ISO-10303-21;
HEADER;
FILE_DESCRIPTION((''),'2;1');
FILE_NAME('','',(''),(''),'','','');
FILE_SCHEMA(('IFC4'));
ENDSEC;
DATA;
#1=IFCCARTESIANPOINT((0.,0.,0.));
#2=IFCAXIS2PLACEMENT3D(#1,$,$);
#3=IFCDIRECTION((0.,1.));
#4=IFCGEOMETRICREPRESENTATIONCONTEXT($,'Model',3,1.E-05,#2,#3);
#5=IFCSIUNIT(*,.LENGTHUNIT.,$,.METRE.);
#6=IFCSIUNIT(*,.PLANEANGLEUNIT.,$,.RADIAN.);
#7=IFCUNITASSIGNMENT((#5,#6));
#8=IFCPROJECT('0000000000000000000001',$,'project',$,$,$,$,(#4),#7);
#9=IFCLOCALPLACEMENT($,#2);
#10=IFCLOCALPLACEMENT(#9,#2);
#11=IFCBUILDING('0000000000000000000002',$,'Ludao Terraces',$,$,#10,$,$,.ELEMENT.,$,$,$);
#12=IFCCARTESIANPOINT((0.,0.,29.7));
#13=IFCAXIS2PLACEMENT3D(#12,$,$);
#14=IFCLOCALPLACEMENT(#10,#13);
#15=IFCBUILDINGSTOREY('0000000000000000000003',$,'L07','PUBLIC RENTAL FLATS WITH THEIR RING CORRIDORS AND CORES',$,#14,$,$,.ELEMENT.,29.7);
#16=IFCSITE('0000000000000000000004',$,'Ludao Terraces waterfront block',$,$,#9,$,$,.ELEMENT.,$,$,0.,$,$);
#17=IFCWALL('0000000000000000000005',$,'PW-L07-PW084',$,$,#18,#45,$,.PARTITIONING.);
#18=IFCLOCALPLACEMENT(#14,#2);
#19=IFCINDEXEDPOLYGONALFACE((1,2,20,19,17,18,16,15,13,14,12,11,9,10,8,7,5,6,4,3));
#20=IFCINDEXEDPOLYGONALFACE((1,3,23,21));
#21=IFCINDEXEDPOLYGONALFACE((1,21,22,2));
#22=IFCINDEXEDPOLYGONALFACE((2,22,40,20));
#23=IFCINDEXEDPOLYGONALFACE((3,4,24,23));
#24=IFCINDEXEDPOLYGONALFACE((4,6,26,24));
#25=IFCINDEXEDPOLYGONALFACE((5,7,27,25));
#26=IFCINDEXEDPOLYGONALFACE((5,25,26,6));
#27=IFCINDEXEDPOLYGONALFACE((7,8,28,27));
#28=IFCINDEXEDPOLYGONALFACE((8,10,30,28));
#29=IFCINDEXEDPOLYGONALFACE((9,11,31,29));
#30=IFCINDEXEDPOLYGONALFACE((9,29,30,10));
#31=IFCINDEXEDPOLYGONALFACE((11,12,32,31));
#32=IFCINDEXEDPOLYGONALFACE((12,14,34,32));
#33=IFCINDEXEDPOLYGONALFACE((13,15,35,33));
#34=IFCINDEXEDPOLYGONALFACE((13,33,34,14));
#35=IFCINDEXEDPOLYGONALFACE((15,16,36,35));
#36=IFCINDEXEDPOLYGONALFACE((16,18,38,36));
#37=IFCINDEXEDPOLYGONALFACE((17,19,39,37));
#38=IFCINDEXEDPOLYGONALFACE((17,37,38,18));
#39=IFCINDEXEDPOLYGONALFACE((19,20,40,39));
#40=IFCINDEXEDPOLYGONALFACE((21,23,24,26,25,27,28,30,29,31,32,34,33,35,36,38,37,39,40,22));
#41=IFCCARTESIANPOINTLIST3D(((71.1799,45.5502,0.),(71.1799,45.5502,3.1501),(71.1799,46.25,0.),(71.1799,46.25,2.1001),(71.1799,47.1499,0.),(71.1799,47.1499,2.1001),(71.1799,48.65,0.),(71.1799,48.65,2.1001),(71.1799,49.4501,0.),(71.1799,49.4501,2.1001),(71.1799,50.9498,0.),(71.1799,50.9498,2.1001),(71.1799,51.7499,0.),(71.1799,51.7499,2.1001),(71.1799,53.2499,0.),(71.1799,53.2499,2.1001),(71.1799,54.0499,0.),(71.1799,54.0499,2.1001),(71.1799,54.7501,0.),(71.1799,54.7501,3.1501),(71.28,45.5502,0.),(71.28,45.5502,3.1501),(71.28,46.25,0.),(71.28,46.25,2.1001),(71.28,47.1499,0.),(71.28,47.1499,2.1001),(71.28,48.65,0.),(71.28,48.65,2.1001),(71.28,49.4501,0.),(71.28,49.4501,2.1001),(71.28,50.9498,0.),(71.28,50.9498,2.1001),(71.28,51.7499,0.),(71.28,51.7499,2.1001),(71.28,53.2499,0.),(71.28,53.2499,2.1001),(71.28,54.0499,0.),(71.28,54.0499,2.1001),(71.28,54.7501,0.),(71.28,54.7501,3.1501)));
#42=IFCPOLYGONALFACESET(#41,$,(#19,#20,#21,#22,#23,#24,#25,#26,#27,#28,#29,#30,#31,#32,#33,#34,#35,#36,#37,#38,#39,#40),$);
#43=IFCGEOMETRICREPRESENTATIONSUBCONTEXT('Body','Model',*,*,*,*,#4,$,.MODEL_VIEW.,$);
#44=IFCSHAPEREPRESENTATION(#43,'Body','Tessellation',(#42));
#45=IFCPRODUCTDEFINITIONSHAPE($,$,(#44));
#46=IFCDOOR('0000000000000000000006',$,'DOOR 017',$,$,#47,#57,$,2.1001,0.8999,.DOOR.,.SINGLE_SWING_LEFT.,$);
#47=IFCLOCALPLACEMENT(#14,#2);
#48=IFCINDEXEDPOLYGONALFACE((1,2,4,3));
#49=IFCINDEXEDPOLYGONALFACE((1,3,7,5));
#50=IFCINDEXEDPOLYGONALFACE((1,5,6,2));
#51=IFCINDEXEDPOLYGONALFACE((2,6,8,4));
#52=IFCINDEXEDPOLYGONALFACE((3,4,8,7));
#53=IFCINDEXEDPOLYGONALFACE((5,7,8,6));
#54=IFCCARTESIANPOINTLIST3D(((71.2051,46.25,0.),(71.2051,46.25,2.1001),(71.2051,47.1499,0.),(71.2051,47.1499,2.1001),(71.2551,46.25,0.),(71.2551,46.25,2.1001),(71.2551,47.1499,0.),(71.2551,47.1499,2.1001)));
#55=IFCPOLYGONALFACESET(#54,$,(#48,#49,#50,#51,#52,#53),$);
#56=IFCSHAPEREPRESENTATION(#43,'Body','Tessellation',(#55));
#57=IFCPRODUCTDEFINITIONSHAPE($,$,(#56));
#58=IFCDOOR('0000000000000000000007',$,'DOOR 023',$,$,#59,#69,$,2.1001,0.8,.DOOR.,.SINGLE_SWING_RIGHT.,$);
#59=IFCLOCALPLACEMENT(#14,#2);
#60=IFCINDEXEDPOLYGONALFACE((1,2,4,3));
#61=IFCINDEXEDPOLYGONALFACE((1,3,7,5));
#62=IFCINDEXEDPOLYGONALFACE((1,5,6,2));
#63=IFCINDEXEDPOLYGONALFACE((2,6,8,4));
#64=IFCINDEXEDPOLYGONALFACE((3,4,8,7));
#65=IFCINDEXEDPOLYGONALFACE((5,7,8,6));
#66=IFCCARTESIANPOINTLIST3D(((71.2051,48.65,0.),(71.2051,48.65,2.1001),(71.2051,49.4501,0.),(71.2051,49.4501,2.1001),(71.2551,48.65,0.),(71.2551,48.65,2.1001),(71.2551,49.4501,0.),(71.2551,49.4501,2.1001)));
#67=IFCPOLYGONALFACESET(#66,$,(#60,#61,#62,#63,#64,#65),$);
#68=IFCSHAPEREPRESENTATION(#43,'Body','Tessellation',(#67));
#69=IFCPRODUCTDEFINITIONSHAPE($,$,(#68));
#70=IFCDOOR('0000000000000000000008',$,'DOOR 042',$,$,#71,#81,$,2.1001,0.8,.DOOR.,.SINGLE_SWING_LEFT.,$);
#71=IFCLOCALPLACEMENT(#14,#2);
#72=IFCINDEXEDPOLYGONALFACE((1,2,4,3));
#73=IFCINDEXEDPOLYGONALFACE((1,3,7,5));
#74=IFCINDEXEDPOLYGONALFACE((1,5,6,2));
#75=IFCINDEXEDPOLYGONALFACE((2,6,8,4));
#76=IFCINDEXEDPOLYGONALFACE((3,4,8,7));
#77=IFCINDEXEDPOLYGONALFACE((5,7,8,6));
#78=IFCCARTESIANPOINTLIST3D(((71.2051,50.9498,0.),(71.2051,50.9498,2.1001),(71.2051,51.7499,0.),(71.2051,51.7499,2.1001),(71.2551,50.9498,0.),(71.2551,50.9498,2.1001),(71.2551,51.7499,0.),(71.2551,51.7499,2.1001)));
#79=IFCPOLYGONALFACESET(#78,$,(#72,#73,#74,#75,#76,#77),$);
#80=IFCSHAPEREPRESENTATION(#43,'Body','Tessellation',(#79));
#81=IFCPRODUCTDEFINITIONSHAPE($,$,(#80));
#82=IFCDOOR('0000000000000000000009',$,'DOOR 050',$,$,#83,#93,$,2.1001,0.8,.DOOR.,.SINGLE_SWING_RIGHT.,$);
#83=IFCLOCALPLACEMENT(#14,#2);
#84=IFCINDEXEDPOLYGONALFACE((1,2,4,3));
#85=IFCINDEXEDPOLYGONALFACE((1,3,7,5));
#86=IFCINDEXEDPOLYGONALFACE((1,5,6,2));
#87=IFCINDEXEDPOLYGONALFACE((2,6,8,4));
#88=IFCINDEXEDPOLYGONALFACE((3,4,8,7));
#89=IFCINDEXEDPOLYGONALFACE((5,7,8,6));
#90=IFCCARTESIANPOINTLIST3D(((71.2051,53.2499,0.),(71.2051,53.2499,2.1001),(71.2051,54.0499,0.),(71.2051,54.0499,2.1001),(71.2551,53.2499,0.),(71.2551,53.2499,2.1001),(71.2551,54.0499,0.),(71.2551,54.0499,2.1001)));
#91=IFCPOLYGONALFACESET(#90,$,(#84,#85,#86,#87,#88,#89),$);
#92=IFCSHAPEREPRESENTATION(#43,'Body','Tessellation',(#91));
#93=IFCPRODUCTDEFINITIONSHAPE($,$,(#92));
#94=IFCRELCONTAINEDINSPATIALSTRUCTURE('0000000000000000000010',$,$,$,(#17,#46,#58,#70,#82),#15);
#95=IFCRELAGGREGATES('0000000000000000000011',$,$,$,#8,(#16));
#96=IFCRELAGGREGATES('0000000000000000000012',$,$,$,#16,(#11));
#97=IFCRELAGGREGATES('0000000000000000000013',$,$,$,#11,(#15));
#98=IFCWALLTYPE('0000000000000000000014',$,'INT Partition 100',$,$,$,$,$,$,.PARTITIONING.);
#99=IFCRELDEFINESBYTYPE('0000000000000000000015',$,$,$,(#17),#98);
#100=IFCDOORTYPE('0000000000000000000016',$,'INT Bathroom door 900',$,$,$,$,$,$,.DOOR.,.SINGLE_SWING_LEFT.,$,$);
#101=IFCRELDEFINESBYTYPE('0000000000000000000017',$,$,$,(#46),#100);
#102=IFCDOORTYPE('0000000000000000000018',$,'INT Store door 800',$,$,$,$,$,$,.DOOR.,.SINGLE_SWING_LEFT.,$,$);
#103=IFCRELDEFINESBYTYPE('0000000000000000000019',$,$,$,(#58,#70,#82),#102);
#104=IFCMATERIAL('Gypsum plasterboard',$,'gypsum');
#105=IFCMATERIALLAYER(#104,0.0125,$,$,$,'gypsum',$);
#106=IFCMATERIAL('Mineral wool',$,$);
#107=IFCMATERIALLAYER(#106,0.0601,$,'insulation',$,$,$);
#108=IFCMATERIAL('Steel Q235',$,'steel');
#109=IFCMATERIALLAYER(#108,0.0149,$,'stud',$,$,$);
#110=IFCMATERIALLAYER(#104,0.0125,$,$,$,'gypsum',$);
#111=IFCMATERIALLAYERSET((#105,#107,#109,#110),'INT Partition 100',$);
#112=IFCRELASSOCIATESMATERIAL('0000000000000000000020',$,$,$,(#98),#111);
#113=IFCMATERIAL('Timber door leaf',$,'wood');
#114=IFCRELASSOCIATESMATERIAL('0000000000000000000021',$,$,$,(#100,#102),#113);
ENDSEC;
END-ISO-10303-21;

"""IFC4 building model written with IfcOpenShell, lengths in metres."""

from ifc_helpers import new_model, si_unit, direction, frame, frame_2d, origin, place, context, subcontext, project, spatial, rectangle, extrude, material, layer, layer_set, type_object, element, fill, save


model = new_model("IFC4")

# Units and contexts
model_context = context("Model", 3, precision=1e-05, world=origin(), true_north=direction((0.0, 1.0)))
body_context = subcontext(model_context, "Body", "Model", "MODEL_VIEW")
ifc_project = project(units=[si_unit("LENGTHUNIT", "METRE"), si_unit("PLANEANGLEUNIT", "RADIAN")], contexts=[model_context])

# Site, building, storey
site_placement = place(None, origin())
site = spatial("IfcSite", under=ifc_project, at=site_placement, Name="Ludao Terraces waterfront block", CompositionType="ELEMENT", RefElevation=0.0)
building_placement = place(site_placement, origin())
building = spatial("IfcBuilding", under=site, at=building_placement, Name="Ludao Terraces", CompositionType="ELEMENT")
storey_placement = place(building_placement, frame((0.0, 0.0, 29.7)))
storey = spatial("IfcBuildingStorey", under=building, at=storey_placement, Name="L07", Description="PUBLIC RENTAL FLATS WITH THEIR RING CORRIDORS AND CORES", CompositionType="ELEMENT", Elevation=29.7)

# Wall, openings, doors
ifc_material_1 = material(Name="Gypsum plasterboard", Category="gypsum")
ifc_layer_1 = layer(ifc_material_1, 0.0125, Category="gypsum")
ifc_material_2 = material(Name="Mineral wool")
ifc_layer_2 = layer(ifc_material_2, 0.0601, Name="insulation")
ifc_material_3 = material(Name="Steel Q235", Category="steel")
ifc_layer_3 = layer(ifc_material_3, 0.0149, Name="stud")
ifc_layer_4 = layer(ifc_material_1, 0.0125, Category="gypsum")
ifc_layer_set = layer_set([ifc_layer_1, ifc_layer_2, ifc_layer_3, ifc_layer_4], Name="INT Partition 100")
wall_type = type_object("IfcWallType", Name="INT Partition 100", PredefinedType="PARTITIONING", material=ifc_layer_set)
ifc_material_4 = material(Name="Timber door leaf", Category="wood")
door_type_1 = type_object("IfcDoorType", Name="INT Bathroom door 900", OperationType="SINGLE_SWING_LEFT", PredefinedType="DOOR", material=ifc_material_4)
wall_1_placement = place(storey_placement, frame((71.23, 45.55, 0.0), z_axis=(0.0, 0.0, 1.0), x_axis=(0.0, 1.0, 0.0)))
wall_1 = element("IfcWall", 1, at=wall_1_placement, inside=storey, type_object=wall_type, Name="PW-L07-PW084", PredefinedType="PARTITIONING", context=body_context, shape_type="SweptSolid", body=[
    extrude(rectangle(XDim=9.2, YDim=0.1001, at=frame_2d((4.6001, 0.0))), origin(), (0.0, 0.0, 1.0), 3.1501),
])
opening_1_placement = place(wall_1_placement, frame((0.7, 0.0, 0.0)))
opening_1 = element("IfcOpeningElement", 2, at=opening_1_placement, cuts=wall_1, PredefinedType="OPENING", context=body_context, shape_type="SweptSolid", body=[
    extrude(rectangle(XDim=0.8999, YDim=2.1001, at=frame_2d((0.45, 1.05))), frame((0.0, 0.0601, 0.0), z_axis=(0.0, -1.0, 0.0), x_axis=(1.0, 0.0, 0.0)), (0.0, 0.0, 1.0), 0.1201),
])
opening_2_placement = place(wall_1_placement, frame((3.1001, 0.0, 0.0)))
opening_2 = element("IfcOpeningElement", 3, at=opening_2_placement, cuts=wall_1, PredefinedType="OPENING", context=body_context, shape_type="SweptSolid", body=[
    extrude(rectangle(XDim=0.8, YDim=2.1001, at=frame_2d((0.3999, 1.05))), frame((0.0, 0.0601, 0.0), z_axis=(0.0, -1.0, 0.0), x_axis=(1.0, 0.0, 0.0)), (0.0, 0.0, 1.0), 0.1201),
])
opening_3_placement = place(wall_1_placement, frame((5.3999, 0.0, 0.0)))
opening_3 = element("IfcOpeningElement", 4, at=opening_3_placement, cuts=wall_1, PredefinedType="OPENING", context=body_context, shape_type="SweptSolid", body=[
    extrude(rectangle(XDim=0.8, YDim=2.1001, at=frame_2d((0.3999, 1.05))), frame((0.0, 0.0601, 0.0), z_axis=(0.0, -1.0, 0.0), x_axis=(1.0, 0.0, 0.0)), (0.0, 0.0, 1.0), 0.1201),
])
opening_4_placement = place(wall_1_placement, frame((7.7, 0.0, 0.0)))
opening_4 = element("IfcOpeningElement", 5, at=opening_4_placement, cuts=wall_1, PredefinedType="OPENING", context=body_context, shape_type="SweptSolid", body=[
    extrude(rectangle(XDim=0.8, YDim=2.1001, at=frame_2d((0.3999, 1.05))), frame((0.0, 0.0601, 0.0), z_axis=(0.0, -1.0, 0.0), x_axis=(1.0, 0.0, 0.0)), (0.0, 0.0, 1.0), 0.1201),
])
door_1_placement = place(opening_1_placement, origin())
door_1 = element("IfcDoor", 6, at=door_1_placement, inside=storey, type_object=door_type_1, Name="DOOR 017", OperationType="SINGLE_SWING_LEFT", OverallHeight=2.1001, OverallWidth=0.8999, PredefinedType="DOOR", context=body_context, shape_type="SweptSolid", body=[
    extrude(rectangle(XDim=0.8999, YDim=2.1001, at=frame_2d((0.45, 1.05))), frame((0.0, 0.0249, 0.0), z_axis=(0.0, -1.0, 0.0), x_axis=(1.0, 0.0, 0.0)), (0.0, 0.0, 1.0), 0.05),
])
fill(opening_1, door_1)
door_type_2 = type_object("IfcDoorType", Name="INT Store door 800", OperationType="SINGLE_SWING_LEFT", PredefinedType="DOOR", material=ifc_material_4)
door_2_placement = place(opening_2_placement, origin())
door_2 = element("IfcDoor", 7, at=door_2_placement, inside=storey, type_object=door_type_2, Name="DOOR 023", OperationType="SINGLE_SWING_RIGHT", OverallHeight=2.1001, OverallWidth=0.8, PredefinedType="DOOR", context=body_context, shape_type="SweptSolid", body=[
    extrude(rectangle(XDim=0.8, YDim=2.1001, at=frame_2d((0.3999, 1.05))), frame((0.0, 0.0249, 0.0), z_axis=(0.0, -1.0, 0.0), x_axis=(1.0, 0.0, 0.0)), (0.0, 0.0, 1.0), 0.05),
])
fill(opening_2, door_2)
door_3_placement = place(opening_3_placement, origin())
door_3 = element("IfcDoor", 8, at=door_3_placement, inside=storey, type_object=door_type_2, Name="DOOR 042", OperationType="SINGLE_SWING_LEFT", OverallHeight=2.1001, OverallWidth=0.8, PredefinedType="DOOR", context=body_context, shape_type="SweptSolid", body=[
    extrude(rectangle(XDim=0.8, YDim=2.1001, at=frame_2d((0.3999, 1.05))), frame((0.0, 0.0249, 0.0), z_axis=(0.0, -1.0, 0.0), x_axis=(1.0, 0.0, 0.0)), (0.0, 0.0, 1.0), 0.05),
])
fill(opening_3, door_3)
door_4_placement = place(opening_4_placement, origin())
door_4 = element("IfcDoor", 9, at=door_4_placement, inside=storey, type_object=door_type_2, Name="DOOR 050", OperationType="SINGLE_SWING_RIGHT", OverallHeight=2.1001, OverallWidth=0.8, PredefinedType="DOOR", context=body_context, shape_type="SweptSolid", body=[
    extrude(rectangle(XDim=0.8, YDim=2.1001, at=frame_2d((0.3999, 1.05))), frame((0.0, 0.0249, 0.0), z_axis=(0.0, -1.0, 0.0), x_axis=(1.0, 0.0, 0.0)), (0.0, 0.0, 1.0), 0.05),
])
fill(opening_4, door_4)

save(model, "model.ifc")
